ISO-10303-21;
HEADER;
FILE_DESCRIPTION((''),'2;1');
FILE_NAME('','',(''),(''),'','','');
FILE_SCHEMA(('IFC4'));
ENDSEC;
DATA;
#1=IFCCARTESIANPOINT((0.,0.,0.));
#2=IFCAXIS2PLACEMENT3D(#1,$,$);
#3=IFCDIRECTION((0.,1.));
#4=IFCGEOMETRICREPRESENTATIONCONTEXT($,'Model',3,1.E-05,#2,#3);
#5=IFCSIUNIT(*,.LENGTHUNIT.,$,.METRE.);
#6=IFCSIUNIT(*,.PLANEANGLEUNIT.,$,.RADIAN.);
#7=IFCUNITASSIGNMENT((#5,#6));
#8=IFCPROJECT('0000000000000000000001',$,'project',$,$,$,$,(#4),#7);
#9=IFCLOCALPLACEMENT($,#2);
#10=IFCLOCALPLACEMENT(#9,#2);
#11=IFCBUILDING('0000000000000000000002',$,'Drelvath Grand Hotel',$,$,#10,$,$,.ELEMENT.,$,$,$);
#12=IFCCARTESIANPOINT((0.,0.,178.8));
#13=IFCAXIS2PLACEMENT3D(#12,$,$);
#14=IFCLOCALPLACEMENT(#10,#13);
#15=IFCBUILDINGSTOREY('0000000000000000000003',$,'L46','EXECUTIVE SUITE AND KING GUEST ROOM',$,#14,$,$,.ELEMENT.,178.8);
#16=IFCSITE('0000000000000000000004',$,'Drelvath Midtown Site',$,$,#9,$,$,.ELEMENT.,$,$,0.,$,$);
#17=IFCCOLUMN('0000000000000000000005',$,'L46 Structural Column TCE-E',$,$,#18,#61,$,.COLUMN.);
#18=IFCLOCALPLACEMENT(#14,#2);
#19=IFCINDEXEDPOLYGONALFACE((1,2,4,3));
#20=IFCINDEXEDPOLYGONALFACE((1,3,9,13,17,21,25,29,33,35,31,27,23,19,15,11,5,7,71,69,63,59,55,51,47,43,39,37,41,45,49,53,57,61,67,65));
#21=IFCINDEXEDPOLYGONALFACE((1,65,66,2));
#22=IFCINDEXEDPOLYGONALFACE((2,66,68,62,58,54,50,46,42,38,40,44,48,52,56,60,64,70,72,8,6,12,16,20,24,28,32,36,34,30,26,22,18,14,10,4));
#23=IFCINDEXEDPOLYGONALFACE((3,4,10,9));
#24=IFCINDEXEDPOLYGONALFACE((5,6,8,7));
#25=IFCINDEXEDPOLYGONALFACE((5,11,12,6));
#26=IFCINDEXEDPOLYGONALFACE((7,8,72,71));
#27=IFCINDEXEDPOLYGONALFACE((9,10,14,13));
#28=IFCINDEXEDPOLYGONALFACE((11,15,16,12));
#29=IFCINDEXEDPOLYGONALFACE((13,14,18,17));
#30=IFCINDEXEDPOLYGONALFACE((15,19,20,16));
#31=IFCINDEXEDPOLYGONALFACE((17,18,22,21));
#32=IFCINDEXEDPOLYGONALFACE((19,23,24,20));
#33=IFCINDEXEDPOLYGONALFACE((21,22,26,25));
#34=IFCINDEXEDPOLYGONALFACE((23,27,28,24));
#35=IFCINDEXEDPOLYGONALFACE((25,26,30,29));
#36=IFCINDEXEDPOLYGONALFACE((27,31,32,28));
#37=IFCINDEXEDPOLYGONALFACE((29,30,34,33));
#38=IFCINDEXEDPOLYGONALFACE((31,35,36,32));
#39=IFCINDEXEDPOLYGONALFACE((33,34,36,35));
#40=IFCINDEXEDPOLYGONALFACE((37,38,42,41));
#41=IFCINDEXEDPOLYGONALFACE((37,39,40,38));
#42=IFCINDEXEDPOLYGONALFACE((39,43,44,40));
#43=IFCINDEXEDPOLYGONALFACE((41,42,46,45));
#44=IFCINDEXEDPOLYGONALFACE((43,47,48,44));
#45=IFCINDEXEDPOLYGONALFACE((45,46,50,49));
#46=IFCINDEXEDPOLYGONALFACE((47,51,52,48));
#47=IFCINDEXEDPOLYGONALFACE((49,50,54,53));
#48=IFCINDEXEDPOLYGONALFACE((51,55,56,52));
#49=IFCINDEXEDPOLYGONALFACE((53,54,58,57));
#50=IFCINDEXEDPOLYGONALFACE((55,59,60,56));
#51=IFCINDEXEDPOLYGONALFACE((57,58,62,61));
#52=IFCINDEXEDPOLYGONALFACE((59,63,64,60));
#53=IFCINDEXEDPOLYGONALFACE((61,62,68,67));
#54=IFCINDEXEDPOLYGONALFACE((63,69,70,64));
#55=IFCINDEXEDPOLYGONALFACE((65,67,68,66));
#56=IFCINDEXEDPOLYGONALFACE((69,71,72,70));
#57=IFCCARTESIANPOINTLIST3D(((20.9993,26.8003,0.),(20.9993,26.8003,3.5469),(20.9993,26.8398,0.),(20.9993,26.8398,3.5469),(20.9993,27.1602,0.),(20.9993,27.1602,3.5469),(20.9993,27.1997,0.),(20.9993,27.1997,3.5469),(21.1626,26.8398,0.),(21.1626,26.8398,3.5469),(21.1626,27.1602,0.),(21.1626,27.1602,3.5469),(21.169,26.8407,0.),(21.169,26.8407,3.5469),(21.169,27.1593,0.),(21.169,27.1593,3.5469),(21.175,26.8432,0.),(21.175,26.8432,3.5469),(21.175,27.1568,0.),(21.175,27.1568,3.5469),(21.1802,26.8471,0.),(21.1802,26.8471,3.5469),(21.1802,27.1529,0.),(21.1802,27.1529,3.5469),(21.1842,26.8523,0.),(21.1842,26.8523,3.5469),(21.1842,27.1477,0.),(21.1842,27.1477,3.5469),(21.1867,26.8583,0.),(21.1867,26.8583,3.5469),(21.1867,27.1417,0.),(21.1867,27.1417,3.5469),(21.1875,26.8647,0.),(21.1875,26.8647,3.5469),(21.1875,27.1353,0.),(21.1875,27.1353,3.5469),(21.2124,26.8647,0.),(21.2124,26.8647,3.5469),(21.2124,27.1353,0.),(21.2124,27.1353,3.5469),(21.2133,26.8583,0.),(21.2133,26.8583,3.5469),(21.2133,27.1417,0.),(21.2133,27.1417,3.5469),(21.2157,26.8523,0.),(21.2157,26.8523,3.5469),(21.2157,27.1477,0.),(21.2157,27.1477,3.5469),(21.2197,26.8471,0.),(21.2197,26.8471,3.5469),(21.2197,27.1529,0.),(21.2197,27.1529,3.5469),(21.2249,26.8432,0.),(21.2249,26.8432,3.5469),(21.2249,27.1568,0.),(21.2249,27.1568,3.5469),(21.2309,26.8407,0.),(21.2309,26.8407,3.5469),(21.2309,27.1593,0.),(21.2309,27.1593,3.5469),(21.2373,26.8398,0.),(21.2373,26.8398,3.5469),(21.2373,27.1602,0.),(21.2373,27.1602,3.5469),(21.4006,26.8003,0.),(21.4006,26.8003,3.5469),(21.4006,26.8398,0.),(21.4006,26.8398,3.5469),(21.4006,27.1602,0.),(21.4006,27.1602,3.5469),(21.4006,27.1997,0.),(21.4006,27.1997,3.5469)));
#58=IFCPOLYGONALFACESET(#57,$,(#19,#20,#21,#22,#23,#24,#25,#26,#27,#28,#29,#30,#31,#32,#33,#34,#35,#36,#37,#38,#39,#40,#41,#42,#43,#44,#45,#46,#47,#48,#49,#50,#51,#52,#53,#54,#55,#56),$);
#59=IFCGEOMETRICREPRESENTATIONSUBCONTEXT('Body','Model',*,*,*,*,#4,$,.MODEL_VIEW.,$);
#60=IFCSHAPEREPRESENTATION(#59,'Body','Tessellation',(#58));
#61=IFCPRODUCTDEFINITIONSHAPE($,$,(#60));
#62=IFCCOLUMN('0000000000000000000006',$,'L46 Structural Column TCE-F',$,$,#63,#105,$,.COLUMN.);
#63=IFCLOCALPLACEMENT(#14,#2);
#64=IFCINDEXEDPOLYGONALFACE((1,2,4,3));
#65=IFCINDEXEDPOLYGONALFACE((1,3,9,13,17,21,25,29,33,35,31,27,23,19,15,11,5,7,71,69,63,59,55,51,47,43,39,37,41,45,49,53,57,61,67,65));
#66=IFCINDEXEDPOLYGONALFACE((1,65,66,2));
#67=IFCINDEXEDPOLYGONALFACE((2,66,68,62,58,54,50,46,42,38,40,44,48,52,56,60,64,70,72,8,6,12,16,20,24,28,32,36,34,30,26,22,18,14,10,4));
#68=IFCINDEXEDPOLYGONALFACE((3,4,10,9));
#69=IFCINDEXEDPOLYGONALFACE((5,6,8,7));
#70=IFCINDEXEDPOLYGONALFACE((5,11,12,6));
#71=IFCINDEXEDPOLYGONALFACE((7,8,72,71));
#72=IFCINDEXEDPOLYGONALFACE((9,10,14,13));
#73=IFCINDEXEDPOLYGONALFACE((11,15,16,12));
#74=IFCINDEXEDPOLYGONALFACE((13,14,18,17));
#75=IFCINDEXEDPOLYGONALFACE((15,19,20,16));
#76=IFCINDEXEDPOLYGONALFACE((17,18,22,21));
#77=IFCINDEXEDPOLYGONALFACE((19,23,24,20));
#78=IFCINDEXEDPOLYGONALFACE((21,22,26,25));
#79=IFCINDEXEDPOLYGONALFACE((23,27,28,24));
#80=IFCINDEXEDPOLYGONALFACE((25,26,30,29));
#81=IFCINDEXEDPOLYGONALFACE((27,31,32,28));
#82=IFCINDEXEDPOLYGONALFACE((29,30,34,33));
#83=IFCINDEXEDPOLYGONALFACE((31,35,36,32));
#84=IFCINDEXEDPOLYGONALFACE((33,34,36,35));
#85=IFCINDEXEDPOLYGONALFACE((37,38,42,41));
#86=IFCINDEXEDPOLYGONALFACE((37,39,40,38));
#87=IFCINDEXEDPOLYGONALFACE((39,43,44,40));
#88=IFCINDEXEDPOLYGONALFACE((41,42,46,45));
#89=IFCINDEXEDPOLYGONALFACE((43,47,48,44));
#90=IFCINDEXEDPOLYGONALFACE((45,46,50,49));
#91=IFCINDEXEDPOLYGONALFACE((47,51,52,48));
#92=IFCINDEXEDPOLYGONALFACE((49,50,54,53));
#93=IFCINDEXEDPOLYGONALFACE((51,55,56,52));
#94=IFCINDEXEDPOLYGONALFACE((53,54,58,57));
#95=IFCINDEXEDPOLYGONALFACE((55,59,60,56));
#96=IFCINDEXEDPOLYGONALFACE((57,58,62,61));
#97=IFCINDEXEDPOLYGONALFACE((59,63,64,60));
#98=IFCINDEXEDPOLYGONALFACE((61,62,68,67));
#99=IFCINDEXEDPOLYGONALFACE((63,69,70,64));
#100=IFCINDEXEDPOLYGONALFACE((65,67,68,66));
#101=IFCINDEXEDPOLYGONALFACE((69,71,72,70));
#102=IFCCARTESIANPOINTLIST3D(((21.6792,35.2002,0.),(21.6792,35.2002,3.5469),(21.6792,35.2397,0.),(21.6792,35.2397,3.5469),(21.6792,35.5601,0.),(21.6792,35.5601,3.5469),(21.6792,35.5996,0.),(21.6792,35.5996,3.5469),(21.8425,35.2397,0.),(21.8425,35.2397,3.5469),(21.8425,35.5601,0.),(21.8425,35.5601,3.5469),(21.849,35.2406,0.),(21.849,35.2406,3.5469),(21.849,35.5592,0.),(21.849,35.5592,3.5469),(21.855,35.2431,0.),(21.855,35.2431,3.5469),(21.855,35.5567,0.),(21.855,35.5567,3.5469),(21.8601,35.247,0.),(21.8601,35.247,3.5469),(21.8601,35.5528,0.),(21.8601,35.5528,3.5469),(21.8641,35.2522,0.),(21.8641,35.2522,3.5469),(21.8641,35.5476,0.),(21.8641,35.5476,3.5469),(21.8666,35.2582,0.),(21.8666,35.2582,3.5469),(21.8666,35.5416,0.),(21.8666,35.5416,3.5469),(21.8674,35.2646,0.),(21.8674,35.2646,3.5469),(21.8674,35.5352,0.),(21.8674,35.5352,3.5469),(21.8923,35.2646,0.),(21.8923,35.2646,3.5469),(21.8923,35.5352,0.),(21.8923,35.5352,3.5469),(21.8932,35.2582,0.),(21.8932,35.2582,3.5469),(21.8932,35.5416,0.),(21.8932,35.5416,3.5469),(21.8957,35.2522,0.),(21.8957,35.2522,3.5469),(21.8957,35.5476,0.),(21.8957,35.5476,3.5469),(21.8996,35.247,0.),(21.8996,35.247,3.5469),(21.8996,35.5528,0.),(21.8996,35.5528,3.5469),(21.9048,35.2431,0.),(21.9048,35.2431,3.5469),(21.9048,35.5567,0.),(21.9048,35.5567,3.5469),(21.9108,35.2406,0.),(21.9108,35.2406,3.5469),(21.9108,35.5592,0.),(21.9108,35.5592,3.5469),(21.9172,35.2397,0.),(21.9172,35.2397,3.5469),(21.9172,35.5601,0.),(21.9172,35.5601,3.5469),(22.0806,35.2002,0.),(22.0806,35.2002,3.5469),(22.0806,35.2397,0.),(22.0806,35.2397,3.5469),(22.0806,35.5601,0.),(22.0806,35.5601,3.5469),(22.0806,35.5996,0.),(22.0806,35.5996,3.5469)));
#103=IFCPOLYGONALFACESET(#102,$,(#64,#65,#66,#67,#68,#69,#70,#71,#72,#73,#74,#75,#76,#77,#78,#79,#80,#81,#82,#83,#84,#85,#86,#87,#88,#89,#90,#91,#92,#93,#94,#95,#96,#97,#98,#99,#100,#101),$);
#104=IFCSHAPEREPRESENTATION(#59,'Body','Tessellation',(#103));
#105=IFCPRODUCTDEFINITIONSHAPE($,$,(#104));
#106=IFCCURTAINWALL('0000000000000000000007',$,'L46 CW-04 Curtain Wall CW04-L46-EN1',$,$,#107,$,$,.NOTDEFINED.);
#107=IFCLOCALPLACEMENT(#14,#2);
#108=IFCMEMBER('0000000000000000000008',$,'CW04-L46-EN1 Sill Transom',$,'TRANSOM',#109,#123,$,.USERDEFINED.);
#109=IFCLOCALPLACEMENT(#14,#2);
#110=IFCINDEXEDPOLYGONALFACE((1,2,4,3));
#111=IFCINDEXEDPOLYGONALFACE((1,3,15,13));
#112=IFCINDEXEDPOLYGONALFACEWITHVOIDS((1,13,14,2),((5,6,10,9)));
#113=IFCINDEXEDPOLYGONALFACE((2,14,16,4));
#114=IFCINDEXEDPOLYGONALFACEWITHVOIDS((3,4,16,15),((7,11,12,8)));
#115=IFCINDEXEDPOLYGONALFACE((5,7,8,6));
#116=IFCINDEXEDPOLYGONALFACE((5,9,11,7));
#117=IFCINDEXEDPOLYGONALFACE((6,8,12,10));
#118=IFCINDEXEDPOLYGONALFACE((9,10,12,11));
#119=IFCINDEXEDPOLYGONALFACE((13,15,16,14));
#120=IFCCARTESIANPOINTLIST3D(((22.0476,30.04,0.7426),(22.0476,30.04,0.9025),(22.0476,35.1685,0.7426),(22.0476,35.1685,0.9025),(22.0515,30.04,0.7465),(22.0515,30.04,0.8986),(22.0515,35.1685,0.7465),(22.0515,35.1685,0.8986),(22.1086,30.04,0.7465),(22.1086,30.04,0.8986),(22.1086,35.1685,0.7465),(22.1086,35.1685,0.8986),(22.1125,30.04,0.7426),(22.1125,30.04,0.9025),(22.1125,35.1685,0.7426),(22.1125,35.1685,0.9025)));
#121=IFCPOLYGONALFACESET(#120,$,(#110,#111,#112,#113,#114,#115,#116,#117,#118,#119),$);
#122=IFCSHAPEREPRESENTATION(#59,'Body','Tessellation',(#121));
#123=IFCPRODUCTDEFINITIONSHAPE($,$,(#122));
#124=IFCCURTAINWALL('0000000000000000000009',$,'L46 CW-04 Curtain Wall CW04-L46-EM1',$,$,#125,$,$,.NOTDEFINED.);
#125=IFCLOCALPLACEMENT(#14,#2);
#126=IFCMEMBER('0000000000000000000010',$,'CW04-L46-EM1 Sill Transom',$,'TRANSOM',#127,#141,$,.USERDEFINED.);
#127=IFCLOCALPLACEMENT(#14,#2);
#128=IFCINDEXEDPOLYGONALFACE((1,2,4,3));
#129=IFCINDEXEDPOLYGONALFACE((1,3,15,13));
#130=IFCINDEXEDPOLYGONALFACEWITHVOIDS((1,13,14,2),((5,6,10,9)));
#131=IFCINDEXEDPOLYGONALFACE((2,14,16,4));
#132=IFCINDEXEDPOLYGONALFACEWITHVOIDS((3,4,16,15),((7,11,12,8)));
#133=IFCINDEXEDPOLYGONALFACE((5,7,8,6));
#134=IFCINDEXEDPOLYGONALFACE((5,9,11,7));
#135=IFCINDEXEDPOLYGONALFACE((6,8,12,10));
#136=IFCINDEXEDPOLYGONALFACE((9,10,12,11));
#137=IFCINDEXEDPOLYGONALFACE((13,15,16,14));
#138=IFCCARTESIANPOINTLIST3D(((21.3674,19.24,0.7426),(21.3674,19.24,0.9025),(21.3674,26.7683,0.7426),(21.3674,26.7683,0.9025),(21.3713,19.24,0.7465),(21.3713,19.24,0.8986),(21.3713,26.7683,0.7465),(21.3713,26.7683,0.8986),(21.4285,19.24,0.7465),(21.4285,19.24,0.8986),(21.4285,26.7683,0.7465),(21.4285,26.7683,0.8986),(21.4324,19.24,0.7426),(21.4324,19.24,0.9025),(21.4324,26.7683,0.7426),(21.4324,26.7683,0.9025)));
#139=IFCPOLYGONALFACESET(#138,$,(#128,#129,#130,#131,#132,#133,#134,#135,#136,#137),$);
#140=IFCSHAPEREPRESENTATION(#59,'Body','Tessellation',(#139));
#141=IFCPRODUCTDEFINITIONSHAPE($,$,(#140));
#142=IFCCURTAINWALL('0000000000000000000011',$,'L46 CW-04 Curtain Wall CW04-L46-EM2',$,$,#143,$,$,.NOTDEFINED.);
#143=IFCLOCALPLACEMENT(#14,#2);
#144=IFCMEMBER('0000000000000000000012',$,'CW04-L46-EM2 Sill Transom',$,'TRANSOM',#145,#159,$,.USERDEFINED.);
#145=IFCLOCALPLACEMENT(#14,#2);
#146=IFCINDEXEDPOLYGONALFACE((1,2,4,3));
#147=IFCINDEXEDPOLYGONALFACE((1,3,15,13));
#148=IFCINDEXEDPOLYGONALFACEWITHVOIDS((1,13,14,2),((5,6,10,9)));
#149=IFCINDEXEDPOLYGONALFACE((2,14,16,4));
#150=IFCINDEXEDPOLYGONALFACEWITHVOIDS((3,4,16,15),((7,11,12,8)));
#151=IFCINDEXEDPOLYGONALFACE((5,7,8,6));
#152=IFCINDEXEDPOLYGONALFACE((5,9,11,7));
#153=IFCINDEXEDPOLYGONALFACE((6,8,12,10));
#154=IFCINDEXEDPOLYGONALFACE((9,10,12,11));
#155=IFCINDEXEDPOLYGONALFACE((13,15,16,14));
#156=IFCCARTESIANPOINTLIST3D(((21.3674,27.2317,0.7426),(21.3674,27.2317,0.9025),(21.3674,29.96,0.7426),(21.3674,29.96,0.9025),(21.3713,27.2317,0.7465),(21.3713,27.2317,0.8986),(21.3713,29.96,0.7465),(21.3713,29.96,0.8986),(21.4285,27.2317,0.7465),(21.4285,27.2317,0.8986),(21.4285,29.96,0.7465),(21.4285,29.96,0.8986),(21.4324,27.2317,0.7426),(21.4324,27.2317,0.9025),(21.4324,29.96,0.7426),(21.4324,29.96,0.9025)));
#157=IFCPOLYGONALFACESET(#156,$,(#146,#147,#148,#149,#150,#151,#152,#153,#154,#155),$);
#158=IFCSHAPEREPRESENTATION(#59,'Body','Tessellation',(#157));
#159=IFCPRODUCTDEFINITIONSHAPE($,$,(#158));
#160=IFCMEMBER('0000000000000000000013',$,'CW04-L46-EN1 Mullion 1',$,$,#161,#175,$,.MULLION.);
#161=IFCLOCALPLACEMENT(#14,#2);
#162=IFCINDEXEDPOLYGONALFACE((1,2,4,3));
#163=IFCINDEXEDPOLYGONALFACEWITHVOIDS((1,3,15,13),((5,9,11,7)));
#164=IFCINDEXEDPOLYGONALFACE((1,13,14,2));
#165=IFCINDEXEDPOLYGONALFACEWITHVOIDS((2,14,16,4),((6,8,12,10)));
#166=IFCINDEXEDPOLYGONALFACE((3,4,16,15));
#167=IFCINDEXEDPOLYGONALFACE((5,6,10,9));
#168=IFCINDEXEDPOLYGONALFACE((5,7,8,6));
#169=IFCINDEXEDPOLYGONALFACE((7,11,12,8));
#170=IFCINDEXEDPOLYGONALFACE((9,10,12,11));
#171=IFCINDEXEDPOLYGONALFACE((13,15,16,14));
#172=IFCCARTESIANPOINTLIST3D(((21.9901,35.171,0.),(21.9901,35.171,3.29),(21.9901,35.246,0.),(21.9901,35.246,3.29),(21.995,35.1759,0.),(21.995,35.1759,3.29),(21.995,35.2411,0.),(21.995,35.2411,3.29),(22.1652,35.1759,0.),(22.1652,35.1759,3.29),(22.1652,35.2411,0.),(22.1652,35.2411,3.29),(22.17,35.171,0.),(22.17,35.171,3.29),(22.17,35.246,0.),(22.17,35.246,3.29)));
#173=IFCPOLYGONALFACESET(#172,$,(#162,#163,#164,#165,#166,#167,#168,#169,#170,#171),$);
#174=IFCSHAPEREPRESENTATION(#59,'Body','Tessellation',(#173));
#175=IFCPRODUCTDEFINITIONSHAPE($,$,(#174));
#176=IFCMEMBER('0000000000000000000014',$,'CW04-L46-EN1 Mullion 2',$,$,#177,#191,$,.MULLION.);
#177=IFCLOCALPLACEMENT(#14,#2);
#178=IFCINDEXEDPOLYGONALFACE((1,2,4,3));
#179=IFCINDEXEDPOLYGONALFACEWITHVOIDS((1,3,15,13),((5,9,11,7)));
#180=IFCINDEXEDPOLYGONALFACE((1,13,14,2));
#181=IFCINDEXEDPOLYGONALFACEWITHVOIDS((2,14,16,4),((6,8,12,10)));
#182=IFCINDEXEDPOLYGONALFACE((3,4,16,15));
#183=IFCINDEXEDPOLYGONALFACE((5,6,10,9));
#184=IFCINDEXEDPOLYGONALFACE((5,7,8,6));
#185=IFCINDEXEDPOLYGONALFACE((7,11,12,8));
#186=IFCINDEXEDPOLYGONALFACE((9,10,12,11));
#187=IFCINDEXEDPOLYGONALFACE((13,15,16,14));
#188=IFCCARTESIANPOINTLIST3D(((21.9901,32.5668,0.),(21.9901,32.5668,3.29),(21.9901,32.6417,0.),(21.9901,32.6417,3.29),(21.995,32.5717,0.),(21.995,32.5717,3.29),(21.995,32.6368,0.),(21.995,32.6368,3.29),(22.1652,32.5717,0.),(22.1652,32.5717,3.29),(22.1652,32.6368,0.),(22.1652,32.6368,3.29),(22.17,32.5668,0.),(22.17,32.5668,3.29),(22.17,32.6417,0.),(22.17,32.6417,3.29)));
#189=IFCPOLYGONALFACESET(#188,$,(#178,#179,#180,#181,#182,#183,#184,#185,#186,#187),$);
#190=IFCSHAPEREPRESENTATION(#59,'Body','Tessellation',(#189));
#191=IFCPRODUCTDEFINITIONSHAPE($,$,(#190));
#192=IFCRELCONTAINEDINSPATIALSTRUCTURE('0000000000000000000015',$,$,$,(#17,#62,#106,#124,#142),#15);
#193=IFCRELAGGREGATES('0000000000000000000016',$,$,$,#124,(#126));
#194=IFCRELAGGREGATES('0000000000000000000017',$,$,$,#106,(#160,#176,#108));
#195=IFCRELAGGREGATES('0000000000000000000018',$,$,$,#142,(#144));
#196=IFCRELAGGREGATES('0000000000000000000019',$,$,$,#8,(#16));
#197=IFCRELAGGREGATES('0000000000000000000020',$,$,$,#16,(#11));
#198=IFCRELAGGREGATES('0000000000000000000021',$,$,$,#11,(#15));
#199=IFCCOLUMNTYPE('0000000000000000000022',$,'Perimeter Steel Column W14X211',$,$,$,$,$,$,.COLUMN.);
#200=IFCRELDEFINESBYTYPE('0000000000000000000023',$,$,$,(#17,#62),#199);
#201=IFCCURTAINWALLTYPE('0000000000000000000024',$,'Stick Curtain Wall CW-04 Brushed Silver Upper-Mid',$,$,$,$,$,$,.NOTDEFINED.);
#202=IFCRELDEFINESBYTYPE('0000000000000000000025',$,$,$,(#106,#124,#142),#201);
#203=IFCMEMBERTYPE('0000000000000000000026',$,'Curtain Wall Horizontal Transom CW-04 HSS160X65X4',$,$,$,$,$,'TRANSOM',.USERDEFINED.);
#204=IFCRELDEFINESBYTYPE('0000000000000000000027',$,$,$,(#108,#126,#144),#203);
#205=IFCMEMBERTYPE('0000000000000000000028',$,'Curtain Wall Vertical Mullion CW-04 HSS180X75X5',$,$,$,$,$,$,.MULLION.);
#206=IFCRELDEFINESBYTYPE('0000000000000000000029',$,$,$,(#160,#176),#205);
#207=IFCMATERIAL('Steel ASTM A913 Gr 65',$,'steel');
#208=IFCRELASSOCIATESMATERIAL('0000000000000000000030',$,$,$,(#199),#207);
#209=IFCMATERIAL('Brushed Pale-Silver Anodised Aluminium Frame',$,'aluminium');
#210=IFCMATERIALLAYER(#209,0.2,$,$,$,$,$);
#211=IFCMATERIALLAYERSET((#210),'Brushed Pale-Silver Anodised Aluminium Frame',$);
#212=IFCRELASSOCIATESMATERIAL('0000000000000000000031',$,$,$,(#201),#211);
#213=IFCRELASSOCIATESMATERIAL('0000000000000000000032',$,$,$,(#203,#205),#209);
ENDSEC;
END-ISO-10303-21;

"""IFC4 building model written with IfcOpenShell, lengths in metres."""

from ifc_helpers import new_model, si_unit, direction, frame, origin, origin_2d, place, context, subcontext, project, spatial, hollow_rectangle, i_section, extrude, material, layer, layer_set, material_profile, profile_set, type_object, element, aggregate, save


model = new_model("IFC4")

# Units and contexts
model_context = context("Model", 3, precision=1e-05, world=origin(), true_north=direction((0.0, 1.0)))
body_context = subcontext(model_context, "Body", "Model", "MODEL_VIEW")
ifc_project = project(units=[si_unit("LENGTHUNIT", "METRE"), si_unit("PLANEANGLEUNIT", "RADIAN")], contexts=[model_context])

# Site, building, storey
site_placement = place(None, origin())
site = spatial("IfcSite", under=ifc_project, at=site_placement, Name="Drelvath Midtown Site", CompositionType="ELEMENT", RefElevation=0.0)
building_placement = place(site_placement, origin())
building = spatial("IfcBuilding", under=site, at=building_placement, Name="Drelvath Grand Hotel", CompositionType="ELEMENT")
storey_placement = place(building_placement, frame((0.0, 0.0, 178.8)))
storey = spatial("IfcBuildingStorey", under=building, at=storey_placement, Name="L46", Description="EXECUTIVE SUITE AND KING GUEST ROOM", CompositionType="ELEMENT", Elevation=178.8)

# Columns
ifc_material_1 = material(Name="Steel ASTM A913 Gr 65", Category="steel")
ifc_material_profile_1 = material_profile(ifc_material_1, i_section(OverallWidth=0.4014, OverallDepth=0.3994, WebThickness=0.0249, FlangeThickness=0.0396, FilletRadius=0.0249, at=origin_2d()), Name="W14X211")
ifc_profile_set_1 = profile_set([ifc_material_profile_1], Name="Steel ASTM A913 Gr 65")
column_type = type_object("IfcColumnType", Name="Perimeter Steel Column W14X211", PredefinedType="COLUMN", material=ifc_profile_set_1)
for number, where, z_axis, x_axis, name in (
    (1, (21.2, 27.0, 0.0), (0.0, 0.0, 1.0), (1.0, 0.0, 0.0), "L46 Structural Column TCE-E"),
    (2, (21.8799, 35.3999, 0.0), (0.0, 0.0, 1.0), (1.0, 0.0, 0.0), "L46 Structural Column TCE-F"),
):
    element("IfcColumn", number, at=place(storey_placement, frame(where, z_axis=z_axis, x_axis=x_axis)), inside=storey, type_object=column_type, Name=name, PredefinedType="COLUMN", context=body_context, shape_type="SweptSolid", body=[
        extrude(i_section(OverallWidth=0.4014, OverallDepth=0.3994, WebThickness=0.0249, FlangeThickness=0.0396, FilletRadius=0.0249, at=origin_2d()), origin(), (0.0, 0.0, 1.0), 3.5469),
    ])

# Curtain walls, members
ifc_material_2 = material(Name="Brushed Pale-Silver Anodised Aluminium Frame", Category="aluminium")
ifc_layer_1 = layer(ifc_material_2, 0.2)
ifc_layer_set_1 = layer_set([ifc_layer_1], Name="Brushed Pale-Silver Anodised Aluminium Frame")
curtain_wall_type = type_object("IfcCurtainWallType", Name="Stick Curtain Wall CW-04 Brushed Silver Upper-Mid", PredefinedType="NOTDEFINED", material=ifc_layer_set_1)
curtain_wall_1_placement = place(storey_placement, origin())
curtain_wall_1 = element("IfcCurtainWall", 3, at=curtain_wall_1_placement, inside=storey, type_object=curtain_wall_type, Name="L46 CW-04 Curtain Wall CW04-L46-EN1", PredefinedType="NOTDEFINED")
ifc_material_profile_2 = material_profile(ifc_material_2, hollow_rectangle(XDim=0.0649, YDim=0.1599, WallThickness=0.0039, at=origin_2d()), Name="HSS160X65X4")
ifc_profile_set_2 = profile_set([ifc_material_profile_2], Name="Brushed Pale-Silver Anodised Aluminium Frame")
member_type_1 = type_object("IfcMemberType", Name="Curtain Wall Horizontal Transom CW-04 HSS160X65X4", ElementType="TRANSOM", PredefinedType="USERDEFINED", material=ifc_profile_set_2)
member_1_placement = place(storey_placement, frame((22.0801, 35.1685, 0.8225), z_axis=(0.0, -1.0, 0.0), x_axis=(1.0, 0.0, 0.0)))
member_1 = element("IfcMember", 4, at=member_1_placement, type_object=member_type_1, Name="CW04-L46-EN1 Sill Transom", ObjectType="TRANSOM", PredefinedType="USERDEFINED", context=body_context, shape_type="SweptSolid", body=[
    extrude(hollow_rectangle(XDim=0.0649, YDim=0.1599, WallThickness=0.0039, at=origin_2d()), origin(), (0.0, 0.0, 1.0), 5.1284),
])
curtain_wall_2_placement = place(storey_placement, origin())
curtain_wall_2 = element("IfcCurtainWall", 5, at=curtain_wall_2_placement, inside=storey, type_object=curtain_wall_type, Name="L46 CW-04 Curtain Wall CW04-L46-EM1", PredefinedType="NOTDEFINED")
member_2_placement = place(storey_placement, frame((21.3999, 26.7683, 0.8225), z_axis=(0.0, -1.0, 0.0), x_axis=(1.0, 0.0, 0.0)))
member_2 = element("IfcMember", 6, at=member_2_placement, type_object=member_type_1, Name="CW04-L46-EM1 Sill Transom", ObjectType="TRANSOM", PredefinedType="USERDEFINED", context=body_context, shape_type="SweptSolid", body=[
    extrude(hollow_rectangle(XDim=0.0649, YDim=0.1599, WallThickness=0.0039, at=origin_2d()), origin(), (0.0, 0.0, 1.0), 7.5283),
])
curtain_wall_3_placement = place(storey_placement, origin())
curtain_wall_3 = element("IfcCurtainWall", 7, at=curtain_wall_3_placement, inside=storey, type_object=curtain_wall_type, Name="L46 CW-04 Curtain Wall CW04-L46-EM2", PredefinedType="NOTDEFINED")
member_3_placement = place(storey_placement, frame((21.3999, 29.96, 0.8225), z_axis=(0.0, -1.0, 0.0), x_axis=(1.0, 0.0, 0.0)))
member_3 = element("IfcMember", 8, at=member_3_placement, type_object=member_type_1, Name="CW04-L46-EM2 Sill Transom", ObjectType="TRANSOM", PredefinedType="USERDEFINED", context=body_context, shape_type="SweptSolid", body=[
    extrude(hollow_rectangle(XDim=0.0649, YDim=0.1599, WallThickness=0.0039, at=origin_2d()), origin(), (0.0, 0.0, 1.0), 2.7283),
])

# Members
ifc_material_profile_3 = material_profile(ifc_material_2, hollow_rectangle(XDim=0.075, YDim=0.1799, WallThickness=0.0049, at=origin_2d()), Name="HSS180X75X5")
ifc_profile_set_3 = profile_set([ifc_material_profile_3], Name="Brushed Pale-Silver Anodised Aluminium Frame")
member_type_2 = type_object("IfcMemberType", Name="Curtain Wall Vertical Mullion CW-04 HSS180X75X5", PredefinedType="MULLION", material=ifc_profile_set_3)
member_4_placement = place(storey_placement, frame((22.0801, 35.2085, 0.0), z_axis=(0.0, 0.0, 1.0), x_axis=(0.0, 1.0, 0.0)))
member_4 = element("IfcMember", 9, at=member_4_placement, type_object=member_type_2, Name="CW04-L46-EN1 Mullion 1", PredefinedType="MULLION", context=body_context, shape_type="SweptSolid", body=[
    extrude(hollow_rectangle(XDim=0.075, YDim=0.1799, WallThickness=0.0049, at=origin_2d()), origin(), (0.0, 0.0, 1.0), 3.29),
])
member_5_placement = place(storey_placement, frame((22.0801, 32.6042, 0.0), z_axis=(0.0, 0.0, 1.0), x_axis=(0.0, 1.0, 0.0)))
member_5 = element("IfcMember", 10, at=member_5_placement, type_object=member_type_2, Name="CW04-L46-EN1 Mullion 2", PredefinedType="MULLION", context=body_context, shape_type="SweptSolid", body=[
    extrude(hollow_rectangle(XDim=0.075, YDim=0.1799, WallThickness=0.0049, at=origin_2d()), origin(), (0.0, 0.0, 1.0), 3.29),
])
aggregate(curtain_wall_2, [member_2])

aggregate(curtain_wall_1, [member_4, member_5, member_1])
aggregate(curtain_wall_3, [member_3])

save(model, "model.ifc")
